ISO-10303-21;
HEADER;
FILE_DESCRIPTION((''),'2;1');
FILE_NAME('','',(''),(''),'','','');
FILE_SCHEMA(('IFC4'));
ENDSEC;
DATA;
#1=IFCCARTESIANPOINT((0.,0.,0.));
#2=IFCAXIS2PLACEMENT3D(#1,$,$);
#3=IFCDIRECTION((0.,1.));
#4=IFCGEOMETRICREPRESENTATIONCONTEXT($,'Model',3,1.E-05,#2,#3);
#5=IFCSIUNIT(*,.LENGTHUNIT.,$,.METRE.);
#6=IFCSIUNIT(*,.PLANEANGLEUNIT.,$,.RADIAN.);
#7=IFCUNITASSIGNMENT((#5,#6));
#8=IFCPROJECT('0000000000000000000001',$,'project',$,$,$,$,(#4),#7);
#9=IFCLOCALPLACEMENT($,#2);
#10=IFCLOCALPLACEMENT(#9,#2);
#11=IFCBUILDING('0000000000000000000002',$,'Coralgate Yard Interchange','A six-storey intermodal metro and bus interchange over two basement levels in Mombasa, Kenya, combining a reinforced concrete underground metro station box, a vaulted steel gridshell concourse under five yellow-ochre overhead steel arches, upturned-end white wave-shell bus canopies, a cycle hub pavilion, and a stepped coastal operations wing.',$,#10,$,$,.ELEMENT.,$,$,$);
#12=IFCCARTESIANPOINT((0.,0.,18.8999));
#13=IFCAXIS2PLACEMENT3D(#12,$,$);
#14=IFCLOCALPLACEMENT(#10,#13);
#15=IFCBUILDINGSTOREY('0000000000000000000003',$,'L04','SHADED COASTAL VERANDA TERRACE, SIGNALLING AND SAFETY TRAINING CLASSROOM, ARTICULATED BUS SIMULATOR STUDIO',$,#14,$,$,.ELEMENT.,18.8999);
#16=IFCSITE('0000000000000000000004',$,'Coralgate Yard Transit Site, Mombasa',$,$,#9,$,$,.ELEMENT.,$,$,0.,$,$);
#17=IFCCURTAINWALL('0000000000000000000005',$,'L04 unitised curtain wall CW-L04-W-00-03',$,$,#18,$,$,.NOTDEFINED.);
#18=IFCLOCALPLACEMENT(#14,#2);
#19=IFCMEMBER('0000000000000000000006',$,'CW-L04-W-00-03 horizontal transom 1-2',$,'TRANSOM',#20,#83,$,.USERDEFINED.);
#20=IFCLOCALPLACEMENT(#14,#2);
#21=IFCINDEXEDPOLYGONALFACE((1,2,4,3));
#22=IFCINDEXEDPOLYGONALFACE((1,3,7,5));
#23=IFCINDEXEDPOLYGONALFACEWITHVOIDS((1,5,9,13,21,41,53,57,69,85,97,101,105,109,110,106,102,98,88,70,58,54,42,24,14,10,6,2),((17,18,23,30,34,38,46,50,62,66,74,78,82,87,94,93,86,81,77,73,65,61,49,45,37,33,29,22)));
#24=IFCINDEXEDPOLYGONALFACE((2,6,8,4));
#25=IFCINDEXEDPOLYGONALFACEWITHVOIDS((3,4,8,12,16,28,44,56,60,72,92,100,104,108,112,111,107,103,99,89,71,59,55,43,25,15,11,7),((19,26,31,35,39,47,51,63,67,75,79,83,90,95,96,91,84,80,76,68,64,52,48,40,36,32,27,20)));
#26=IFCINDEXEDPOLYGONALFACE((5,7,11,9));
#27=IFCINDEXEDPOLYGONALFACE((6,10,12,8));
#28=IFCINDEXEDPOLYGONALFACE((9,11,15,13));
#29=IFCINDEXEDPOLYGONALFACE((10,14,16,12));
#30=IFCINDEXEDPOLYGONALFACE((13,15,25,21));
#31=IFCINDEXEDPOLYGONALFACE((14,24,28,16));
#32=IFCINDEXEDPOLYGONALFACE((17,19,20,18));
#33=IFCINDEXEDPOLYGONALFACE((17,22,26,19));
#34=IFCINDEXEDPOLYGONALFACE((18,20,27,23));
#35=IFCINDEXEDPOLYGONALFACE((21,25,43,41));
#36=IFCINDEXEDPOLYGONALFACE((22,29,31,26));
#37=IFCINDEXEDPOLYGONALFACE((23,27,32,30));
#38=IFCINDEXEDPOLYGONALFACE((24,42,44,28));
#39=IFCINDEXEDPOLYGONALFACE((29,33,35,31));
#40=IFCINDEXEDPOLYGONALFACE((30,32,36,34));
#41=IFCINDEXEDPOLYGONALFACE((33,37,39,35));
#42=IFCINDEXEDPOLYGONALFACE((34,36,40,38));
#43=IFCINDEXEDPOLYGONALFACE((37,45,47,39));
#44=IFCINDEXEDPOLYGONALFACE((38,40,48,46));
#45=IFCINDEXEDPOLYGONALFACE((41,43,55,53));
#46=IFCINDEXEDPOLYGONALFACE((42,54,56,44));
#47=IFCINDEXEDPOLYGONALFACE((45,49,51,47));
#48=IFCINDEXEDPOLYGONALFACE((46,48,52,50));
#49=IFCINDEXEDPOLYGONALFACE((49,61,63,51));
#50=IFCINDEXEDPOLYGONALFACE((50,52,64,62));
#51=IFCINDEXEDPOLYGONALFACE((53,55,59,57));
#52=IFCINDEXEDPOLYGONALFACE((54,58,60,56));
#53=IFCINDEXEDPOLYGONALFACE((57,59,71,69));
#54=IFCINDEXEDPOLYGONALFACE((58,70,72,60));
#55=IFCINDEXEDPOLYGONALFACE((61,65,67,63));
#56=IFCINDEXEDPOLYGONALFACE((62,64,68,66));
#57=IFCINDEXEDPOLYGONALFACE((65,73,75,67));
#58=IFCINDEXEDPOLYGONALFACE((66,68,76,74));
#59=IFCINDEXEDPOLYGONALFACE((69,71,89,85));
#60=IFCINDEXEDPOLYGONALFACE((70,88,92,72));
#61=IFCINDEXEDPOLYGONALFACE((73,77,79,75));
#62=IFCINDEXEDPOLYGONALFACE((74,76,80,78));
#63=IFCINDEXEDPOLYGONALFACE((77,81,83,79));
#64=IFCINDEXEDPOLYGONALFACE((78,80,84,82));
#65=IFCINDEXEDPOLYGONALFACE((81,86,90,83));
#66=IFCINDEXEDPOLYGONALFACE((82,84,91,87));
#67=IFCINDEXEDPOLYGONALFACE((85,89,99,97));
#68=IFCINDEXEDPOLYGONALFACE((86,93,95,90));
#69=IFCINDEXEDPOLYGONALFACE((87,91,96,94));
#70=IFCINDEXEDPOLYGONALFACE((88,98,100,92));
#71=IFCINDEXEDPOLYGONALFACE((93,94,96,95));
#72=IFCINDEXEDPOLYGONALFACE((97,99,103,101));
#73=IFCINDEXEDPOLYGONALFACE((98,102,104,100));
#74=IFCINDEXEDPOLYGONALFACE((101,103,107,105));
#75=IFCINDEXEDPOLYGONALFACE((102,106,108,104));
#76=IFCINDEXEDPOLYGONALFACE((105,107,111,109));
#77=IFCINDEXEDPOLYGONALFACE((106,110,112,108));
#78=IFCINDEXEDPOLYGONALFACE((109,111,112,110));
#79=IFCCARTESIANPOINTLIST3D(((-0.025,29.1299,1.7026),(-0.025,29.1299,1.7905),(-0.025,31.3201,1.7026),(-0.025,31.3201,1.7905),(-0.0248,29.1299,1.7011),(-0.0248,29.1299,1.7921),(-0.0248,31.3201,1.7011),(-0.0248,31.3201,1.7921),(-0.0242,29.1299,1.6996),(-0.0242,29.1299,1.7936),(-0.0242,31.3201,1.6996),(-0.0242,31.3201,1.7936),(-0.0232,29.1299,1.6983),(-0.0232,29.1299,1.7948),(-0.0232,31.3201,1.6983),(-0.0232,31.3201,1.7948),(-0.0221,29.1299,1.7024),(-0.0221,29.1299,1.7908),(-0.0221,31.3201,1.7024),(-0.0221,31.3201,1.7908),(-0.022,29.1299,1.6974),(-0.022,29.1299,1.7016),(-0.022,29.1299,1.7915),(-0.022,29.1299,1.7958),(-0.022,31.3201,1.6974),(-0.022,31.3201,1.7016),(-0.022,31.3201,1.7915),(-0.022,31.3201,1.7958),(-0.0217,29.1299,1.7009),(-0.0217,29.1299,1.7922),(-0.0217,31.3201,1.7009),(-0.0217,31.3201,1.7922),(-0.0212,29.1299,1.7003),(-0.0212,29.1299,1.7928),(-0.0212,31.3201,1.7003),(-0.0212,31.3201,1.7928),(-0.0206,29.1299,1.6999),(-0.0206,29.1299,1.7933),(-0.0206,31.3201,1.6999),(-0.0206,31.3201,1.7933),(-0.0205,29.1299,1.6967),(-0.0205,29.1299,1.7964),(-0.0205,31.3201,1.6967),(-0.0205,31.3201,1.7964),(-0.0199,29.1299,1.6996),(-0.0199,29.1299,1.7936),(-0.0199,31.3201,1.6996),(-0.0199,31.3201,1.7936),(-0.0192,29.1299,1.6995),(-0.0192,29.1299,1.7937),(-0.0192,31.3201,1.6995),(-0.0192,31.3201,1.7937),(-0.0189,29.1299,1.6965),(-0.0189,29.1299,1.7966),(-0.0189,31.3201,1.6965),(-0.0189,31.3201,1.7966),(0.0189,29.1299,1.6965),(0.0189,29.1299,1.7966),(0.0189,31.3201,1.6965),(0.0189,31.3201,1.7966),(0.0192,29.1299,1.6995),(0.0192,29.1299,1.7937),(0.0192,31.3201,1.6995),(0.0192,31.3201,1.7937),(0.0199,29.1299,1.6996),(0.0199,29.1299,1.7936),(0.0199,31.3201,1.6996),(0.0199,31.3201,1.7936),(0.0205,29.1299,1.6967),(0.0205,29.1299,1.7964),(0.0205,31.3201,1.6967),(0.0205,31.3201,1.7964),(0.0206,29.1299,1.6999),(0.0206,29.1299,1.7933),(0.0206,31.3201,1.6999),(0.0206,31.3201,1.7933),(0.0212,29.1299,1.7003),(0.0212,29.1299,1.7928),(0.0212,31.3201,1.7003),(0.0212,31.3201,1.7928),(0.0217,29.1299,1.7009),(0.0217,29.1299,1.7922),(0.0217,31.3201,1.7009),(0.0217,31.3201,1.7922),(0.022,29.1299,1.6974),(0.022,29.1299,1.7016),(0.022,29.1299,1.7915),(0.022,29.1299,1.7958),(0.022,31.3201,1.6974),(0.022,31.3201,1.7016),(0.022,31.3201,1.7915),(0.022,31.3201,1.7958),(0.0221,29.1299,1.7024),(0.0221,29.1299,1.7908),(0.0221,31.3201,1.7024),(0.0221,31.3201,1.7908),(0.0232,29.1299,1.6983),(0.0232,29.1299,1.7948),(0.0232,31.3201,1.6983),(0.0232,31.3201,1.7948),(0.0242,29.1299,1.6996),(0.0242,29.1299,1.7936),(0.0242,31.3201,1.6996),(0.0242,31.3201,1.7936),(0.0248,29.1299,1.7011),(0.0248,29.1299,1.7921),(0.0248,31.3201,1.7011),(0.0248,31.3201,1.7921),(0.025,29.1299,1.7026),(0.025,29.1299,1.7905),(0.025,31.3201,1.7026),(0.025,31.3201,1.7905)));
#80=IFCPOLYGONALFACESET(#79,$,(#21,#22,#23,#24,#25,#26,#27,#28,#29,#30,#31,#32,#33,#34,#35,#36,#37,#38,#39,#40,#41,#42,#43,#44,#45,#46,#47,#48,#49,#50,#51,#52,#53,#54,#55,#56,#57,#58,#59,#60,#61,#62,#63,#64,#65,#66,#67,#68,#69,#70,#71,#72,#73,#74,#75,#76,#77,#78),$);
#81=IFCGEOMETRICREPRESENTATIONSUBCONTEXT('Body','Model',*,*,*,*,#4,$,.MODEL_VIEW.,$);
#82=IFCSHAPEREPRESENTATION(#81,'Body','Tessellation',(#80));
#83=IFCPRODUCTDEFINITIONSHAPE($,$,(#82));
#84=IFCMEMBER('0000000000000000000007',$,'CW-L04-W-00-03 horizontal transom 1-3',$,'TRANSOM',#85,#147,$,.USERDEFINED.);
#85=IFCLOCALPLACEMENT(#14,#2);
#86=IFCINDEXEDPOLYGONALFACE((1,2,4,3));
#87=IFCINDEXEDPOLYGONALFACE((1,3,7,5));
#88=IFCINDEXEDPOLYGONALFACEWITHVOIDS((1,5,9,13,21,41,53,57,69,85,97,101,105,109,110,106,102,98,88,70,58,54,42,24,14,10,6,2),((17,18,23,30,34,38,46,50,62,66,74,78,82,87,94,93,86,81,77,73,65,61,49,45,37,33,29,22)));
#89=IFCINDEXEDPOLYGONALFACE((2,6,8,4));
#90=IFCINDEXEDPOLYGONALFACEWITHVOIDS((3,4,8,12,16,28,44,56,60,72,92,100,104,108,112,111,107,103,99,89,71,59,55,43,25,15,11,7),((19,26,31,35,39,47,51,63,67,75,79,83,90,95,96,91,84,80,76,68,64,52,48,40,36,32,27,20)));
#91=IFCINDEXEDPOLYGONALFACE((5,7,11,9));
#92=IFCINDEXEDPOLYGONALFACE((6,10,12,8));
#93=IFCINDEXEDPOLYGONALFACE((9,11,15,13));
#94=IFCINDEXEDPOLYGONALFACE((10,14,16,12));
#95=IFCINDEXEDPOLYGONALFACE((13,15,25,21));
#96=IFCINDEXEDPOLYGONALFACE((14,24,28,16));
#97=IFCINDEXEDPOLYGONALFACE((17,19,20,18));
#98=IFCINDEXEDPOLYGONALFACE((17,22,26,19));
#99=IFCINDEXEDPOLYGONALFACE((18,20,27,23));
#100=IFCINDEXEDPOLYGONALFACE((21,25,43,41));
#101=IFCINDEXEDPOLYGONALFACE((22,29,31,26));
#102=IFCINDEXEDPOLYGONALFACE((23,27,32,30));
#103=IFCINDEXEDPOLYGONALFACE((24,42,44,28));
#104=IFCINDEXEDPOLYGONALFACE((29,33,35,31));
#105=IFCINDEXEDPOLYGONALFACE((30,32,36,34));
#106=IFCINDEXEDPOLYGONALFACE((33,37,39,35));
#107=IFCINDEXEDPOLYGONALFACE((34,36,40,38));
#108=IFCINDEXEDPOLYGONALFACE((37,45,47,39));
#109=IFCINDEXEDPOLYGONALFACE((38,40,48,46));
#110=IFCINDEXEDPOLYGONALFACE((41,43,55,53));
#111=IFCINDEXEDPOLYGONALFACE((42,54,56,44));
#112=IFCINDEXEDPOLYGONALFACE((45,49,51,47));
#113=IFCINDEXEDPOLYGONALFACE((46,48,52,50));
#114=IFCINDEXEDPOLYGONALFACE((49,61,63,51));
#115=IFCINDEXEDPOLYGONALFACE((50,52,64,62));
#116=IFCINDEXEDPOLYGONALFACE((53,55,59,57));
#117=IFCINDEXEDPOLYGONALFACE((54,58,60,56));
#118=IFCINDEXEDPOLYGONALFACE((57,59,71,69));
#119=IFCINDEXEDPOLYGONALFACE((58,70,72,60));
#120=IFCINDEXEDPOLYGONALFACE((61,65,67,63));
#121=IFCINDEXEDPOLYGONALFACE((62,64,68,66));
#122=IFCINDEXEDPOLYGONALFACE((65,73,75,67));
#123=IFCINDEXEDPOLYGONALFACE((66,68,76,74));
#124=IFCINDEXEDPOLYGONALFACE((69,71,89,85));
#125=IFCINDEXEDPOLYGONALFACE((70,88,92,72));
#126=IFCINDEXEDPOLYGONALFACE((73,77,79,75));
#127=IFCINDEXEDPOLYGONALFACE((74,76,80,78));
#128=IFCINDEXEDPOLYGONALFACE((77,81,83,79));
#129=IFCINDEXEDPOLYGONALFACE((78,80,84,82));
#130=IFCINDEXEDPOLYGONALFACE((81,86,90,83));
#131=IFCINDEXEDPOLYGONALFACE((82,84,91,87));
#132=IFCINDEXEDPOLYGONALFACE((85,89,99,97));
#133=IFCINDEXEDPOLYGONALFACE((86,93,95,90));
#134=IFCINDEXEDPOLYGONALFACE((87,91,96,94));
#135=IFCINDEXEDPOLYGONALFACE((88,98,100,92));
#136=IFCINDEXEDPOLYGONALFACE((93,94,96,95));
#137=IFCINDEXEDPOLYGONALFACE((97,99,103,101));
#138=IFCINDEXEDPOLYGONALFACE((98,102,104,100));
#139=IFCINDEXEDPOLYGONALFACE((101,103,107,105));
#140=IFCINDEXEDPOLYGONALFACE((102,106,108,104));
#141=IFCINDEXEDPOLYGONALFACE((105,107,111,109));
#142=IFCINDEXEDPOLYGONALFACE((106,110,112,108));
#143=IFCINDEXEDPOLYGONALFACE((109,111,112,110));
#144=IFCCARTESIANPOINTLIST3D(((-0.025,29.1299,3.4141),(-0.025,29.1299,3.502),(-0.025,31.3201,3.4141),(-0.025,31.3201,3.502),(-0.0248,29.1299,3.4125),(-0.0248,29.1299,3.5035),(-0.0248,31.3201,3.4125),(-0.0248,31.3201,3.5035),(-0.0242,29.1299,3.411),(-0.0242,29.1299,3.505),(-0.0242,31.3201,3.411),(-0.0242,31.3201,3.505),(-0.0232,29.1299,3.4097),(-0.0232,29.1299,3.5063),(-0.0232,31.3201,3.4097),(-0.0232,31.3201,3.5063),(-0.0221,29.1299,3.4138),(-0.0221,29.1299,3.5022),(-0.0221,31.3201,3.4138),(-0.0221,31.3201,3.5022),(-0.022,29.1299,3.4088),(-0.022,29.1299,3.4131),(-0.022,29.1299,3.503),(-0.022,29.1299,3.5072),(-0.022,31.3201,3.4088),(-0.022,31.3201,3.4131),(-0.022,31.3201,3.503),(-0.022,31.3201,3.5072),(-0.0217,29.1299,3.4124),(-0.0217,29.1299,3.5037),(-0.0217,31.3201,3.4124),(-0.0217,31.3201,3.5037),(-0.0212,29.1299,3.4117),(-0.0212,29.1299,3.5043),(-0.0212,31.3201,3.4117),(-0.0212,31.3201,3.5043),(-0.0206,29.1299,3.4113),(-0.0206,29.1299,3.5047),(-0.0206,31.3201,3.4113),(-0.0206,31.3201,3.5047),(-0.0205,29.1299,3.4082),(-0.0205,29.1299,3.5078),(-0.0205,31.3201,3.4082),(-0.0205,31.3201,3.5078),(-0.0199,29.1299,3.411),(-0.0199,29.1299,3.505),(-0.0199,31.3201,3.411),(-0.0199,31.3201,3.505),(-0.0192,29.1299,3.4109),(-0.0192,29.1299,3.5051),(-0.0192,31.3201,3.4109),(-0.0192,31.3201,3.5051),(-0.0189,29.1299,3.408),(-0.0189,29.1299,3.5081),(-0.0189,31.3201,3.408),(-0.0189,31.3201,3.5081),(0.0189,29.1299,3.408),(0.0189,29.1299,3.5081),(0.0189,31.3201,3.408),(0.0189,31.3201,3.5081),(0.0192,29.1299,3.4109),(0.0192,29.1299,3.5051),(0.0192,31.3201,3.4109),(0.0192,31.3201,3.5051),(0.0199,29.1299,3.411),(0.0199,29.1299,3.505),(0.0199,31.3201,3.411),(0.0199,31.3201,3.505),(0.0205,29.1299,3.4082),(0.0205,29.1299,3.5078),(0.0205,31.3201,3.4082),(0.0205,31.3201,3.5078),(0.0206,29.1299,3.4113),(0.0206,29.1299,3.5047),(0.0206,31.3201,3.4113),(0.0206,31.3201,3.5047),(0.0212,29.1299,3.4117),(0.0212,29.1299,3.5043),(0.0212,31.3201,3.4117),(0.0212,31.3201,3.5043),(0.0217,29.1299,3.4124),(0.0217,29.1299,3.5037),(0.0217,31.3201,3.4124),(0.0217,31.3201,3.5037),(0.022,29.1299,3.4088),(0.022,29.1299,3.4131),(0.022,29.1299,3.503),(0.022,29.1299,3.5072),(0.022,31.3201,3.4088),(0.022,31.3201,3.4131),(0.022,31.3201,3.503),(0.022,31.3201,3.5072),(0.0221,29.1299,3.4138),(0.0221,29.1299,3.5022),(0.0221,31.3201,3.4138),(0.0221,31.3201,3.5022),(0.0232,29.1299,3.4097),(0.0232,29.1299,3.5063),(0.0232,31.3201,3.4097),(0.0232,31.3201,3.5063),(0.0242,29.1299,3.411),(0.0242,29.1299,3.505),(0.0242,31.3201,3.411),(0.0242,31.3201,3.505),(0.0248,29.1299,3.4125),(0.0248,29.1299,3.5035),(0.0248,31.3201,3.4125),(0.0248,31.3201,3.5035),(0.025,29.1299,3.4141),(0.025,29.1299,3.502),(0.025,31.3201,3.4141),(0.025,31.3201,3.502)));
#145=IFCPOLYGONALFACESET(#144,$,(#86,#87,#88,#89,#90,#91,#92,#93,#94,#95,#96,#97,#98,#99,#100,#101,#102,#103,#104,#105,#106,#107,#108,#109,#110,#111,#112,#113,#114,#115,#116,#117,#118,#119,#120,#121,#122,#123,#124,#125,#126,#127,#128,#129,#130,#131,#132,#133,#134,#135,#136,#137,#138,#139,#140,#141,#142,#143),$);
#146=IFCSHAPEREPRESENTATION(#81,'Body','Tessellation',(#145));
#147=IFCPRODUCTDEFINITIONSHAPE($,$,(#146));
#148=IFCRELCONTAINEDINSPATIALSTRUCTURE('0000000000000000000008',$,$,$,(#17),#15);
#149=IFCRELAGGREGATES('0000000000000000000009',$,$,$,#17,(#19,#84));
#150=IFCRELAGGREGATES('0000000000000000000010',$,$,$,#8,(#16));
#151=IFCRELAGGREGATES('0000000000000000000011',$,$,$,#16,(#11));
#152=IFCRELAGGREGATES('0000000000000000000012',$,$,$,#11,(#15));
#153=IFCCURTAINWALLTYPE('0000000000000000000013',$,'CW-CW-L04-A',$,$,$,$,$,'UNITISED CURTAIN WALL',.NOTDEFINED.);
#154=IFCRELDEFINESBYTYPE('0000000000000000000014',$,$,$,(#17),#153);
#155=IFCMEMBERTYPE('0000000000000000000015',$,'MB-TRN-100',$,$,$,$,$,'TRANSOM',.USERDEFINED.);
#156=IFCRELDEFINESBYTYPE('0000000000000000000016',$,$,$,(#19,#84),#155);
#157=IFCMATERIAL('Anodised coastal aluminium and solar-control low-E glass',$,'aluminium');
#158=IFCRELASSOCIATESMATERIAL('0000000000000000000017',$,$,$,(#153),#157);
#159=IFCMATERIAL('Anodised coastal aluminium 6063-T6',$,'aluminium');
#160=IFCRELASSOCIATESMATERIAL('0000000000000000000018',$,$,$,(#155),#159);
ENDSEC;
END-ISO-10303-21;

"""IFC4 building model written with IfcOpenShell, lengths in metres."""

from ifc_helpers import new_model, si_unit, direction, frame, origin, origin_2d, place, context, subcontext, project, spatial, hollow_rectangle, extrude, material, material_profile, profile_set, type_object, element, aggregate, save


model = new_model("IFC4")

# Units and contexts
model_context = context("Model", 3, precision=1e-05, world=origin(), true_north=direction((0.0, 1.0)))
body_context = subcontext(model_context, "Body", "Model", "MODEL_VIEW")
ifc_project = project(units=[si_unit("LENGTHUNIT", "METRE"), si_unit("PLANEANGLEUNIT", "RADIAN")], contexts=[model_context])

# Site, building, storey
site_placement = place(None, origin())
site = spatial("IfcSite", under=ifc_project, at=site_placement, Name="Coralgate Yard Transit Site, Mombasa", CompositionType="ELEMENT", RefElevation=0.0)
building_placement = place(site_placement, origin())
building = spatial("IfcBuilding", under=site, at=building_placement, Name="Coralgate Yard Interchange", Description="A six-storey intermodal metro and bus interchange over two basement levels in Mombasa, Kenya, combining a reinforced concrete underground metro station box, a vaulted steel gridshell concourse under five yellow-ochre overhead steel arches, upturned-end white wave-shell bus canopies, a cycle hub pavilion, and a stepped coastal operations wing.", CompositionType="ELEMENT")
storey_placement = place(building_placement, frame((0.0, 0.0, 18.8999)))
storey = spatial("IfcBuildingStorey", under=building, at=storey_placement, Name="L04", Description="SHADED COASTAL VERANDA TERRACE, SIGNALLING AND SAFETY TRAINING CLASSROOM, ARTICULATED BUS SIMULATOR STUDIO", CompositionType="ELEMENT", Elevation=18.8999)

# Curtain wall, members
ifc_material_1 = material(Name="Anodised coastal aluminium and solar-control low-E glass", Category="aluminium")
curtain_wall_type = type_object("IfcCurtainWallType", Name="CW-CW-L04-A", ElementType="UNITISED CURTAIN WALL", PredefinedType="NOTDEFINED", material=ifc_material_1)
curtain_wall_placement = place(storey_placement, origin())
curtain_wall = element("IfcCurtainWall", 1, at=curtain_wall_placement, inside=storey, type_object=curtain_wall_type, Name="L04 unitised curtain wall CW-L04-W-00-03", PredefinedType="NOTDEFINED")
ifc_material_2 = material(Name="Anodised coastal aluminium 6063-T6", Category="aluminium")
ifc_material_profile_1 = material_profile(ifc_material_2, hollow_rectangle(XDim=0.05, YDim=0.1001, WallThickness=0.0029, InnerFilletRadius=0.0029, OuterFilletRadius=0.0061, at=origin_2d()), Name="ALU 50x100x3")
ifc_profile_set_1 = profile_set([ifc_material_profile_1], Name="Anodised coastal aluminium 6063-T6")
member_type_1 = type_object("IfcMemberType", Name="MB-TRN-100", ElementType="TRANSOM", PredefinedType="USERDEFINED", material=ifc_profile_set_1)
member_1_placement = place(storey_placement, frame((0.0, 29.1299, 1.7466), z_axis=(0.0, 1.0, 0.0), x_axis=(-1.0, 0.0, 0.0)))
member_1 = element("IfcMember", 2, at=member_1_placement, type_object=member_type_1, Name="CW-L04-W-00-03 horizontal transom 1-2", ObjectType="TRANSOM", PredefinedType="USERDEFINED", context=body_context, shape_type="SweptSolid", body=[
    extrude(hollow_rectangle(XDim=0.05, YDim=0.1001, WallThickness=0.0029, InnerFilletRadius=0.0029, OuterFilletRadius=0.0061, at=origin_2d()), origin(), (0.0, 0.0, 1.0), 2.1902),
])
member_2_placement = place(storey_placement, frame((0.0, 29.1299, 3.458), z_axis=(0.0, 1.0, 0.0), x_axis=(-1.0, 0.0, 0.0)))
member_2 = element("IfcMember", 3, at=member_2_placement, type_object=member_type_1, Name="CW-L04-W-00-03 horizontal transom 1-3", ObjectType="TRANSOM", PredefinedType="USERDEFINED", context=body_context, shape_type="SweptSolid", body=[
    extrude(hollow_rectangle(XDim=0.05, YDim=0.1001, WallThickness=0.0029, InnerFilletRadius=0.0029, OuterFilletRadius=0.0061, at=origin_2d()), origin(), (0.0, 0.0, 1.0), 2.1902),
])
aggregate(curtain_wall, [member_1, member_2])

save(model, "model.ifc")
